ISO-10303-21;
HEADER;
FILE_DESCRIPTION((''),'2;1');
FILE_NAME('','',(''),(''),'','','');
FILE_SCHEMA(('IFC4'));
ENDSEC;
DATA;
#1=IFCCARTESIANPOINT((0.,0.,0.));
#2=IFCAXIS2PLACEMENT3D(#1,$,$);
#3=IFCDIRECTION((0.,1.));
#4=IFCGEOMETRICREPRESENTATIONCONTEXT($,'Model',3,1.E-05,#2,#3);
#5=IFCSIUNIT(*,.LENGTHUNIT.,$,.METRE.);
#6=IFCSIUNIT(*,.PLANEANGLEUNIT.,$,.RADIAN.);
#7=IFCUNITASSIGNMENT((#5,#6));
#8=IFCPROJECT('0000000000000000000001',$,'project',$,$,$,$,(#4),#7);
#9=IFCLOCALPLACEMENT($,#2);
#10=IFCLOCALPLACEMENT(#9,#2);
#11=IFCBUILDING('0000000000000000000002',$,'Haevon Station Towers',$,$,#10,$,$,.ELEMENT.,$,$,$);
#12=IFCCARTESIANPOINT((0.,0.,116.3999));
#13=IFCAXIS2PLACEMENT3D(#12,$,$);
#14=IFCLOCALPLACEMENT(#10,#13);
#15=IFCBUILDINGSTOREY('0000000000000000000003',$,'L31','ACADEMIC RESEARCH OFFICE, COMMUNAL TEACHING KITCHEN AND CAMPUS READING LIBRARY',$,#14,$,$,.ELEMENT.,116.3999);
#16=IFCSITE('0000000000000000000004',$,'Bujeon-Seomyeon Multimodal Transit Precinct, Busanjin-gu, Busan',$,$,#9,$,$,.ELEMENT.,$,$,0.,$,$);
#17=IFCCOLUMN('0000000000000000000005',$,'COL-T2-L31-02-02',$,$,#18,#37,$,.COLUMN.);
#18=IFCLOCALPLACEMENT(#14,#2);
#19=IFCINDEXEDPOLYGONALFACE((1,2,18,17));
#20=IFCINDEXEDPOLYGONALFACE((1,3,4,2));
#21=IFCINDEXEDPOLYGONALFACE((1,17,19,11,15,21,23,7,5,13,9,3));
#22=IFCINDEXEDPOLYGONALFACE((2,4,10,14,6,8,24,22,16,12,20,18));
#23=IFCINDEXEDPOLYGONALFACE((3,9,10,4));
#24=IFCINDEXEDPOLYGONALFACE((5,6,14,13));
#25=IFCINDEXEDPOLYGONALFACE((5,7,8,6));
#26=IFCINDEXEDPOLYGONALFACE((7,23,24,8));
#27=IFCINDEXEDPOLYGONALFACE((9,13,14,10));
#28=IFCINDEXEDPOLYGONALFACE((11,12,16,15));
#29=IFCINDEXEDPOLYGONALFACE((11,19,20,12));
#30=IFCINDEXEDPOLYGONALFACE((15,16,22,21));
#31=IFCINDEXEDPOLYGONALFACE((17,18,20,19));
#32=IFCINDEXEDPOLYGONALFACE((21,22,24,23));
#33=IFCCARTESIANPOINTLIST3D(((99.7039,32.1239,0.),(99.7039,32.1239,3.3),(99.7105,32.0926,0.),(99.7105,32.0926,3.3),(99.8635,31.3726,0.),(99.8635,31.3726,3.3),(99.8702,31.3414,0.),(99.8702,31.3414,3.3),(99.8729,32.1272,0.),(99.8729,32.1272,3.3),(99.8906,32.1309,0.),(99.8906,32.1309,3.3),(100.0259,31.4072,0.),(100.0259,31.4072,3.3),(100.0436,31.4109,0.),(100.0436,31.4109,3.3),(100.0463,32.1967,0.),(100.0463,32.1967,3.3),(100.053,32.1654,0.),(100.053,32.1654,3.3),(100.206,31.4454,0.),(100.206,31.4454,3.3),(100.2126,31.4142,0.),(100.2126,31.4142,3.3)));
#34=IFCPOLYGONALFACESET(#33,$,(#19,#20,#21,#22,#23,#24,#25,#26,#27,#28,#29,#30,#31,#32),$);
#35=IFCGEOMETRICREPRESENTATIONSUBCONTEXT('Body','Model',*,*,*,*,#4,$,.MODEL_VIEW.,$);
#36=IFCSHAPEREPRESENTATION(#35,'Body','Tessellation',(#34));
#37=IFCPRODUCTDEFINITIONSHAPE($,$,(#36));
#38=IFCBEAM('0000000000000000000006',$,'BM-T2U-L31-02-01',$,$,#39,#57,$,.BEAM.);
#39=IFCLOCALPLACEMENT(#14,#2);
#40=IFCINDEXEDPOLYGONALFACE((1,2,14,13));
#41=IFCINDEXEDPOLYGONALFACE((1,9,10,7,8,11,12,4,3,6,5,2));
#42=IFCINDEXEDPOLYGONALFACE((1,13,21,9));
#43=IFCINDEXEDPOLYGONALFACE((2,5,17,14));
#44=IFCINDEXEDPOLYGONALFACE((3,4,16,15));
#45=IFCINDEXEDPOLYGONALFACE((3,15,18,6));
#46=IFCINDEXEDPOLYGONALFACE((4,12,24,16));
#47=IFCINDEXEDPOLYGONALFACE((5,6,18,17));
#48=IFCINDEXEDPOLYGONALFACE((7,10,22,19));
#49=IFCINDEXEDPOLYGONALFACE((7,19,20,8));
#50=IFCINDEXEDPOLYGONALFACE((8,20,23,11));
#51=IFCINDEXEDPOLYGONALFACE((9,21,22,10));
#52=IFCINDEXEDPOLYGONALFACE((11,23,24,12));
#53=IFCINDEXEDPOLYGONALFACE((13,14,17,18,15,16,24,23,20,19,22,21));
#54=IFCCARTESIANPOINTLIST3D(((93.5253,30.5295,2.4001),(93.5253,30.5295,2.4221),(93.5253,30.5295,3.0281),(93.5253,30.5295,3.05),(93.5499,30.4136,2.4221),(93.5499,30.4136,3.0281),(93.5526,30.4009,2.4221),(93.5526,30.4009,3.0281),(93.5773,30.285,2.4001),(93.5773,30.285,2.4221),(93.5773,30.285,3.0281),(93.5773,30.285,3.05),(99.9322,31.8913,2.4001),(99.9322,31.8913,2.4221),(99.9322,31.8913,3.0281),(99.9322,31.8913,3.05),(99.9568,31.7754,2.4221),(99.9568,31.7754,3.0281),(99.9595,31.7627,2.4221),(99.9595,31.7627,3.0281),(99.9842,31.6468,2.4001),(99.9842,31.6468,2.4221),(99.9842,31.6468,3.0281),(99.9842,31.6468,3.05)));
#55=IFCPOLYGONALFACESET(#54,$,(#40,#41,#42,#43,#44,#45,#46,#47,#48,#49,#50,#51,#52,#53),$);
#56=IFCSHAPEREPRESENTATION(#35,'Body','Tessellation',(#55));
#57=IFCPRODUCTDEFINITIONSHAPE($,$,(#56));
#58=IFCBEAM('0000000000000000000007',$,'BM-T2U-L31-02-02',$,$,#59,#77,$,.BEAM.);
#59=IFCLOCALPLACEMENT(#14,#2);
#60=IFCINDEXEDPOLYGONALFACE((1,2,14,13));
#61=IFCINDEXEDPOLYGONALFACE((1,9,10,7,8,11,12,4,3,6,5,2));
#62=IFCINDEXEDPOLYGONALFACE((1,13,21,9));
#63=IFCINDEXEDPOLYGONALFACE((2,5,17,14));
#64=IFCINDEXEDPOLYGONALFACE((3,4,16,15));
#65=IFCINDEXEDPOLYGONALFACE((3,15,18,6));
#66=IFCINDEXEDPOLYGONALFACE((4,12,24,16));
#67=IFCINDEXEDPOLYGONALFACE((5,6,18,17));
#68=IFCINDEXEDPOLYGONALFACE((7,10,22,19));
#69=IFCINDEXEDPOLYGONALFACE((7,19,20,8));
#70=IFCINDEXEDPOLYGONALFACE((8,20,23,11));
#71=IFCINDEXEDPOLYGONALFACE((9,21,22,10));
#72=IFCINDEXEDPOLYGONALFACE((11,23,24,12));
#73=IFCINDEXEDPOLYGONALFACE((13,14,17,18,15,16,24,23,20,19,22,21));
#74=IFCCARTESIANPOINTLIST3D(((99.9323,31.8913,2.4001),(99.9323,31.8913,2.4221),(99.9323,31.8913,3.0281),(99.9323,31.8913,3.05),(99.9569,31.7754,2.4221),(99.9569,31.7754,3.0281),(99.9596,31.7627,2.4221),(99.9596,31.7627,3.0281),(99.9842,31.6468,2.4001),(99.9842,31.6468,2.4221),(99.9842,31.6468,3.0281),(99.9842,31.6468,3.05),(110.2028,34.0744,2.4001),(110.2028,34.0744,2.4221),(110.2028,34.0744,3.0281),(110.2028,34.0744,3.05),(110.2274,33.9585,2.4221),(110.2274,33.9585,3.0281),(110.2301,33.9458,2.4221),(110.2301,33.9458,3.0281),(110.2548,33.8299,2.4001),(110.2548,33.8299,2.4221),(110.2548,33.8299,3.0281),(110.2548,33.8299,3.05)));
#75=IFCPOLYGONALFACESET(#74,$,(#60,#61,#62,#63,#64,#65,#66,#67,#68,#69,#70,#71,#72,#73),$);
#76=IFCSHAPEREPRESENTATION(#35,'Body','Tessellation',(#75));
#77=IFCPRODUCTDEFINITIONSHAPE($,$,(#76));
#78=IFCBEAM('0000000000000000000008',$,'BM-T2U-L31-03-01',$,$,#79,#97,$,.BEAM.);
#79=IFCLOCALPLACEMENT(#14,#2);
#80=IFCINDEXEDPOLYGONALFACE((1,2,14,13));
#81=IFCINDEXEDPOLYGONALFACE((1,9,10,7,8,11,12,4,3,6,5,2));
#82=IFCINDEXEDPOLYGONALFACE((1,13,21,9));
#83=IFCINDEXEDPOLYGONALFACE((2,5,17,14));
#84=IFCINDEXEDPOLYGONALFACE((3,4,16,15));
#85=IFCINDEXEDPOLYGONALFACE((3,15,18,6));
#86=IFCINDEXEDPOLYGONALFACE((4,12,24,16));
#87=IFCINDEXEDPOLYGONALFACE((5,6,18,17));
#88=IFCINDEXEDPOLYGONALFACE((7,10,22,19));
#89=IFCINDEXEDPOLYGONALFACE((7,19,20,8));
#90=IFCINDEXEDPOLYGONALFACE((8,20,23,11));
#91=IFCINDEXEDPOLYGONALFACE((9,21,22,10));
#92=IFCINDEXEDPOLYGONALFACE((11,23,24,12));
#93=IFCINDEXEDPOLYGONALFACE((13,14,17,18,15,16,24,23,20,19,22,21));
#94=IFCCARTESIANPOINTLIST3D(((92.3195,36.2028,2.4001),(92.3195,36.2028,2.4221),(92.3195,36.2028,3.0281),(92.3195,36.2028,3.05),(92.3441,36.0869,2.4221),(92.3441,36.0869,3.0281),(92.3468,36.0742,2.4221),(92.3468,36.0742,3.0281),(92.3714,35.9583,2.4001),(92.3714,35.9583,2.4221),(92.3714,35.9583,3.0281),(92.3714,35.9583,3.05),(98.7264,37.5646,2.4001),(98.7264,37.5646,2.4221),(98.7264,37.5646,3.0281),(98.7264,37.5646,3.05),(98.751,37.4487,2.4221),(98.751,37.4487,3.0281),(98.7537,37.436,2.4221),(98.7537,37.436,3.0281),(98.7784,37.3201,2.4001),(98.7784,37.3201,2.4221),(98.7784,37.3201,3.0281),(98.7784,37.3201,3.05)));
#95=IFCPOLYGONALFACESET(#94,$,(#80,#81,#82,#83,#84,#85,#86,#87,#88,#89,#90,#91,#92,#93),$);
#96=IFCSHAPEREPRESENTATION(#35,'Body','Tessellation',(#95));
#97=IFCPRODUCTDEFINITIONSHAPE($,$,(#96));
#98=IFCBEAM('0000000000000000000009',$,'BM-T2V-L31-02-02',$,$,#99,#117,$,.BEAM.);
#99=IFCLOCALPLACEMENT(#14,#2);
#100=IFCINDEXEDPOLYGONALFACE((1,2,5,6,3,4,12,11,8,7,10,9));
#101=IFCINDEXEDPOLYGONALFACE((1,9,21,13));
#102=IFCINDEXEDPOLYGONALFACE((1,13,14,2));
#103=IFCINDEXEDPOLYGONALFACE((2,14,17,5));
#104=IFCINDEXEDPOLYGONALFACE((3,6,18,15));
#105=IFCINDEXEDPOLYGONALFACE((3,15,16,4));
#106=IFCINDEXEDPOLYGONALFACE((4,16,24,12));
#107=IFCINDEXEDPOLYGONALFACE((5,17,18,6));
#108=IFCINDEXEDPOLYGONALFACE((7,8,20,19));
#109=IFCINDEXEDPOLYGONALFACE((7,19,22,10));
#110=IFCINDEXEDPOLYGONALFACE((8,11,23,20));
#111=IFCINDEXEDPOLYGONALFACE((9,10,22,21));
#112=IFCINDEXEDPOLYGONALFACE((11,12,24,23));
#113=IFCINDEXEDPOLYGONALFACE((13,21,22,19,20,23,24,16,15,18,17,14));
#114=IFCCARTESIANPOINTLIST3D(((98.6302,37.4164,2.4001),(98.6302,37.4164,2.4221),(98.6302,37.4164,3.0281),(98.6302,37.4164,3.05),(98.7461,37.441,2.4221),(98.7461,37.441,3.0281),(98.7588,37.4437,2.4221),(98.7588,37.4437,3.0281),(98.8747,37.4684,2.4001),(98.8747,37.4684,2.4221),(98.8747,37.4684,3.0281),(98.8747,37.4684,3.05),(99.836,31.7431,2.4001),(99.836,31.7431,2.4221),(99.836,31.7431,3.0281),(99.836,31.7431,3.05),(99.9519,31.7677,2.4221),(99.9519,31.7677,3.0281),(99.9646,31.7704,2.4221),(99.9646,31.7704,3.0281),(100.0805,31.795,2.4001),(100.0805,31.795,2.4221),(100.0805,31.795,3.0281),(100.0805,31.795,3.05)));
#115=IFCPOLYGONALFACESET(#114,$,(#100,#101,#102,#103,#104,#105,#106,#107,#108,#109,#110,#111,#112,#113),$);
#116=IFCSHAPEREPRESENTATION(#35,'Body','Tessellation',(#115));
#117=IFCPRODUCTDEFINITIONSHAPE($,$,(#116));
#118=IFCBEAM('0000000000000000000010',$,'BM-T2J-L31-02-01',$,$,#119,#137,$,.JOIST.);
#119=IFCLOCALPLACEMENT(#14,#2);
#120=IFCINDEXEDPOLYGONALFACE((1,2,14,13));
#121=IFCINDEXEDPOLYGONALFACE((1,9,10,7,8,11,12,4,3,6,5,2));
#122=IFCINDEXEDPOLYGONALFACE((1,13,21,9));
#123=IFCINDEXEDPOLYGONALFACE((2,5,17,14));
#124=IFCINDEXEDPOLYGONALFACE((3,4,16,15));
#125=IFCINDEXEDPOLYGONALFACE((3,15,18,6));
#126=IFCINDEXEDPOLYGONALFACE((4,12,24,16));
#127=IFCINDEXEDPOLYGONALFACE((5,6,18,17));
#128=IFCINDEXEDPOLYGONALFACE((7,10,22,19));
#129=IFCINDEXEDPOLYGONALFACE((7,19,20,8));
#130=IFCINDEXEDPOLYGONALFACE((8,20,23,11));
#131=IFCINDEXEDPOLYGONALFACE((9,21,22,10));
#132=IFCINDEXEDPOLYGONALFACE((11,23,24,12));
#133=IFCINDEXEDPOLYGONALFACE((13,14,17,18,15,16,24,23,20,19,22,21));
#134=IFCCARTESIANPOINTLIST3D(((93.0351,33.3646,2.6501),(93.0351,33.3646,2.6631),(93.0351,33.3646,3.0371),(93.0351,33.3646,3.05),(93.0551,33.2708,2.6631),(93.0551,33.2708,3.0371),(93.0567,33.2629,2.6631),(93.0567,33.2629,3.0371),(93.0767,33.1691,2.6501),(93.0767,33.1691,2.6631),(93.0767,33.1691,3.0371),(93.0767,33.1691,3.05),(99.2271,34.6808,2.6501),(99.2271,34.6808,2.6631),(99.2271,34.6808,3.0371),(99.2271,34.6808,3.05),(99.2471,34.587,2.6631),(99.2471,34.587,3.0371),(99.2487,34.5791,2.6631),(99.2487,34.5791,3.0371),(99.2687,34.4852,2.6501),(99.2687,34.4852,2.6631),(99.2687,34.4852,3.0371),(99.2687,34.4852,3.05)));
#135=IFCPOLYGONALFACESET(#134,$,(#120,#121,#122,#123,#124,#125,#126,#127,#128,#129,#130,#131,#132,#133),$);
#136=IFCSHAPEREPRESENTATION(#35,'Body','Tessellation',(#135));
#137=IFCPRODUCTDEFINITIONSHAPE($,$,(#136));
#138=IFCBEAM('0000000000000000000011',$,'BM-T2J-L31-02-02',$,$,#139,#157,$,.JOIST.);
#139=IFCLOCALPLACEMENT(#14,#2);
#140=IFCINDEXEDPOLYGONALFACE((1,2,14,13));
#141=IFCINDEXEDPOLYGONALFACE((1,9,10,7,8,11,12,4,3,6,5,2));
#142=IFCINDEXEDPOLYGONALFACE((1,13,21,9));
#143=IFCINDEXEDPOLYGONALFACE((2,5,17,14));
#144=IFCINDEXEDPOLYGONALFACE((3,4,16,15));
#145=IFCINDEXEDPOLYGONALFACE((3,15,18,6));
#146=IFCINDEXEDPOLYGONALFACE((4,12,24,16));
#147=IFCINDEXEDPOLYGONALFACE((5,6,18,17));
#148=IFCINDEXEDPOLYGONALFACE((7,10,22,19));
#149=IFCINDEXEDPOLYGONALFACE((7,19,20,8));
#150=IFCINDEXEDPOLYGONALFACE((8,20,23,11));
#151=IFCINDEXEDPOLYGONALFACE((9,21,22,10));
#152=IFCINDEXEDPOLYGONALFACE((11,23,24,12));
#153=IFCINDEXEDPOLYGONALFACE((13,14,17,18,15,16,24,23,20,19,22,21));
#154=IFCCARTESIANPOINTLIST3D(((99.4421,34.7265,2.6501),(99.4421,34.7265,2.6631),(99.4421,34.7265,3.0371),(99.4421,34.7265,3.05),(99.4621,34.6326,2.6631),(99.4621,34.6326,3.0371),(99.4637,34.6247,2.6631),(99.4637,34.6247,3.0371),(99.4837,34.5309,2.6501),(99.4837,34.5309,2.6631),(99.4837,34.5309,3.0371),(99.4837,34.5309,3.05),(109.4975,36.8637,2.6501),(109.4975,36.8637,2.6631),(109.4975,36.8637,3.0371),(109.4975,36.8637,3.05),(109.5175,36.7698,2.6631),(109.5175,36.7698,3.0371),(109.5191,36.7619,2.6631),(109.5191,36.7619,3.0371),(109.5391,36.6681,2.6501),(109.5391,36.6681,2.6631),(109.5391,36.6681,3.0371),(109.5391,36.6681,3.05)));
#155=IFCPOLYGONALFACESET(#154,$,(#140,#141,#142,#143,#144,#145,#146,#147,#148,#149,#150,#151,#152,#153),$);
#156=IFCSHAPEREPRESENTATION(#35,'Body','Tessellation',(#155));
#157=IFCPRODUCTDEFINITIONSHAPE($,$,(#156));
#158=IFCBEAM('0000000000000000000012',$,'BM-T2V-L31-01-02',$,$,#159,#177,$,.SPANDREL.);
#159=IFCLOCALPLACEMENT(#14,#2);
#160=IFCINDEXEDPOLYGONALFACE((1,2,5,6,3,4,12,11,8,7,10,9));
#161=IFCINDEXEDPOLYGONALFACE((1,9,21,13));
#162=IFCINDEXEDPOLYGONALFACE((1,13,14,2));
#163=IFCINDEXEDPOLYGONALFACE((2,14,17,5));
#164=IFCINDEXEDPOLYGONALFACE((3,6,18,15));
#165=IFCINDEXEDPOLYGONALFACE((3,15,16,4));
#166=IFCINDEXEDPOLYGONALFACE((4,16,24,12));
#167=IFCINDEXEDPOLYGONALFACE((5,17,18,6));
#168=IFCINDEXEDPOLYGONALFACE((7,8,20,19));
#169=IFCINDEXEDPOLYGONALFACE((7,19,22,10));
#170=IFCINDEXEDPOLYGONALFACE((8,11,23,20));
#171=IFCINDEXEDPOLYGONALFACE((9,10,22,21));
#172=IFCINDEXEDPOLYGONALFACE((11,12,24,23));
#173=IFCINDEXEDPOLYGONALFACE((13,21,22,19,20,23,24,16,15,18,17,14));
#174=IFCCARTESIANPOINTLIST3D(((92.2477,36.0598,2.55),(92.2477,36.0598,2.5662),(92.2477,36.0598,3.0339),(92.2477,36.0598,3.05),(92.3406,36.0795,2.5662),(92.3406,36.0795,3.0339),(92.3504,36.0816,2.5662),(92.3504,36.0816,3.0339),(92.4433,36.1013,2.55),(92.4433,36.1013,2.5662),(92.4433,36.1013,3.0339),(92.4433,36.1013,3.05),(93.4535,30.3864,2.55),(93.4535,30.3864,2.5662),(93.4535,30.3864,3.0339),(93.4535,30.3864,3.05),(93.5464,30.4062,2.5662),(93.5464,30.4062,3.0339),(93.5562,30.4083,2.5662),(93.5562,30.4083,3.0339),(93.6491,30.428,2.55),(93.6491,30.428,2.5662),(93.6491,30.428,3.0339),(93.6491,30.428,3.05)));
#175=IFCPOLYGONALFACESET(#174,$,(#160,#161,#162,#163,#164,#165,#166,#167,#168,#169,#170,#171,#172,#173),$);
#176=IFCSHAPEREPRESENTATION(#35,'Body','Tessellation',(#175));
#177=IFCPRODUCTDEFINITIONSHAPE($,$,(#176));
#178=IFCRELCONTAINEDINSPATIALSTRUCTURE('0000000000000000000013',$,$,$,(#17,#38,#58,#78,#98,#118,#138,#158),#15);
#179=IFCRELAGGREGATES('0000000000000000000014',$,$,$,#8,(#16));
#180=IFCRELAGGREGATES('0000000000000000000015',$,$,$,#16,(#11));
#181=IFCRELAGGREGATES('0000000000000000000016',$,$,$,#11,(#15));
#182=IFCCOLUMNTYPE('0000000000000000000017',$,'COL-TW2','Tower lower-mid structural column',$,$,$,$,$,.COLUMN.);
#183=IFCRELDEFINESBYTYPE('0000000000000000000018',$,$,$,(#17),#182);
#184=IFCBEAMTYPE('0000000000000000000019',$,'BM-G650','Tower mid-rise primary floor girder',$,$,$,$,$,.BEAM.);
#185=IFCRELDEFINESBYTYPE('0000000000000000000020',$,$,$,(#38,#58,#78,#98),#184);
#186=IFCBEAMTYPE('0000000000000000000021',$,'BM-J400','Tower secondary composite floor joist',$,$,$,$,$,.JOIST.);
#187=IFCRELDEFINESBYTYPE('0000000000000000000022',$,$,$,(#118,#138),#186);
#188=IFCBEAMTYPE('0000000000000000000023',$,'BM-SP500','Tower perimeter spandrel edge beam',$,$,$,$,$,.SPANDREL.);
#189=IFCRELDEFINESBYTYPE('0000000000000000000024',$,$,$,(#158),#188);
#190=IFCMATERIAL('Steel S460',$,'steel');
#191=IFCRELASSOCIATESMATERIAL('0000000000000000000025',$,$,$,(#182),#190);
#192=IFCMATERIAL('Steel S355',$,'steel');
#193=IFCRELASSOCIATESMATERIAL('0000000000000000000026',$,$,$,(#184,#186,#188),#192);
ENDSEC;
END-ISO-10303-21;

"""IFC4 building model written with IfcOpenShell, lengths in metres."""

from ifc_helpers import new_model, si_unit, direction, frame, origin, origin_2d, place, context, subcontext, project, spatial, i_section, extrude, material, material_profile, profile_set, type_object, element, save


model = new_model("IFC4")

# Units and contexts
model_context = context("Model", 3, precision=1e-05, world=origin(), true_north=direction((0.0, 1.0)))
body_context = subcontext(model_context, "Body", "Model", "MODEL_VIEW")
ifc_project = project(units=[si_unit("LENGTHUNIT", "METRE"), si_unit("PLANEANGLEUNIT", "RADIAN")], contexts=[model_context])

# Site, building, storey
site_placement = place(None, origin())
site = spatial("IfcSite", under=ifc_project, at=site_placement, Name="Bujeon-Seomyeon Multimodal Transit Precinct, Busanjin-gu, Busan", CompositionType="ELEMENT", RefElevation=0.0)
building_placement = place(site_placement, origin())
building = spatial("IfcBuilding", under=site, at=building_placement, Name="Haevon Station Towers", CompositionType="ELEMENT")
storey_placement = place(building_placement, frame((0.0, 0.0, 116.3999)))
storey = spatial("IfcBuildingStorey", under=building, at=storey_placement, Name="L31", Description="ACADEMIC RESEARCH OFFICE, COMMUNAL TEACHING KITCHEN AND CAMPUS READING LIBRARY", CompositionType="ELEMENT", Elevation=116.3999)

# Column
ifc_material_1 = material(Name="Steel S460", Category="steel")
ifc_material_profile_1 = material_profile(ifc_material_1, i_section(OverallWidth=0.3501, OverallDepth=0.8, WebThickness=0.0181, FlangeThickness=0.032, at=origin_2d()), Name="H-800x350x18x32")
ifc_profile_set_1 = profile_set([ifc_material_profile_1], Name="Steel S460")
column_type = type_object("IfcColumnType", Name="COL-TW2", Description="Tower lower-mid structural column", PredefinedType="COLUMN", material=ifc_profile_set_1)
column_placement = place(storey_placement, frame((99.9583, 31.769, 0.0), z_axis=(0.0, 0.0, 1.0), x_axis=(0.978148, 0.207912, 0.0)))
element("IfcColumn", 1, at=column_placement, inside=storey, type_object=column_type, Name="COL-T2-L31-02-02", PredefinedType="COLUMN", context=body_context, shape_type="SweptSolid", body=[
    extrude(i_section(OverallWidth=0.3501, OverallDepth=0.8, WebThickness=0.0181, FlangeThickness=0.032, at=origin_2d()), origin(), (0.0, 0.0, 1.0), 3.3),
])

# Beams
ifc_material_2 = material(Name="Steel S355", Category="steel")
ifc_material_profile_2 = material_profile(ifc_material_2, i_section(OverallWidth=0.25, OverallDepth=0.6499, WebThickness=0.0129, FlangeThickness=0.022, at=origin_2d()), Name="H-650x250x13x22")
ifc_profile_set_2 = profile_set([ifc_material_profile_2], Name="Steel S355")
beam_type_1 = type_object("IfcBeamType", Name="BM-G650", Description="Tower mid-rise primary floor girder", PredefinedType="BEAM", material=ifc_profile_set_2)
beam_1_placement = place(storey_placement, frame((93.5513, 30.4072, 2.7251), z_axis=(0.978149, 0.207907, 0.0), x_axis=(-0.207907, 0.978149, 0.0)))
element("IfcBeam", 2, at=beam_1_placement, inside=storey, type_object=beam_type_1, Name="BM-T2U-L31-02-01", PredefinedType="BEAM", context=body_context, shape_type="SweptSolid", body=[
    extrude(i_section(OverallWidth=0.25, OverallDepth=0.6499, WebThickness=0.0129, FlangeThickness=0.022, at=origin_2d()), origin(), (0.0, 0.0, 1.0), 6.55),
])
beam_2_placement = place(storey_placement, frame((99.9583, 31.769, 2.7251), z_axis=(0.978147, 0.207915, 0.0), x_axis=(-0.207915, 0.978147, 0.0)))
element("IfcBeam", 3, at=beam_2_placement, inside=storey, type_object=beam_type_1, Name="BM-T2U-L31-02-02", PredefinedType="BEAM", context=body_context, shape_type="SweptSolid", body=[
    extrude(i_section(OverallWidth=0.25, OverallDepth=0.6499, WebThickness=0.0129, FlangeThickness=0.022, at=origin_2d()), origin(), (0.0, 0.0, 1.0), 10.5),
])
beam_3_placement = place(storey_placement, frame((92.3455, 36.0806, 2.7251), z_axis=(0.978149, 0.207907, 0.0), x_axis=(-0.207907, 0.978149, 0.0)))
element("IfcBeam", 4, at=beam_3_placement, inside=storey, type_object=beam_type_1, Name="BM-T2U-L31-03-01", PredefinedType="BEAM", context=body_context, shape_type="SweptSolid", body=[
    extrude(i_section(OverallWidth=0.25, OverallDepth=0.6499, WebThickness=0.0129, FlangeThickness=0.022, at=origin_2d()), origin(), (0.0, 0.0, 1.0), 6.55),
])
beam_4_placement = place(storey_placement, frame((99.9583, 31.769, 2.7251), z_axis=(-0.207896, 0.978151, 0.0), x_axis=(-0.978151, -0.207896, 0.0)))
element("IfcBeam", 5, at=beam_4_placement, inside=storey, type_object=beam_type_1, Name="BM-T2V-L31-02-02", PredefinedType="BEAM", context=body_context, shape_type="SweptSolid", body=[
    extrude(i_section(OverallWidth=0.25, OverallDepth=0.6499, WebThickness=0.0129, FlangeThickness=0.022, at=origin_2d()), origin(), (0.0, 0.0, 1.0), 5.8),
])
ifc_material_profile_3 = material_profile(ifc_material_2, i_section(OverallWidth=0.2, OverallDepth=0.3999, WebThickness=0.0081, FlangeThickness=0.0129, at=origin_2d()), Name="H-400x200x8x13")
ifc_profile_set_3 = profile_set([ifc_material_profile_3], Name="Steel S355")
beam_type_2 = type_object("IfcBeamType", Name="BM-J400", Description="Tower secondary composite floor joist", PredefinedType="JOIST", material=ifc_profile_set_3)
beam_5_placement = place(storey_placement, frame((93.0559, 33.2668, 2.8501), z_axis=(0.978146, 0.207917, 0.0), x_axis=(-0.207917, 0.978146, 0.0)))
element("IfcBeam", 6, at=beam_5_placement, inside=storey, type_object=beam_type_2, Name="BM-T2J-L31-02-01", PredefinedType="JOIST", context=body_context, shape_type="SweptSolid", body=[
    extrude(i_section(OverallWidth=0.2, OverallDepth=0.3999, WebThickness=0.0081, FlangeThickness=0.0129, at=origin_2d()), origin(), (0.0, 0.0, 1.0), 6.3303),
])
beam_6_placement = place(storey_placement, frame((99.4629, 34.6287, 2.8501), z_axis=(0.97815, 0.207899, 0.0), x_axis=(-0.207899, 0.97815, 0.0)))
element("IfcBeam", 7, at=beam_6_placement, inside=storey, type_object=beam_type_2, Name="BM-T2J-L31-02-02", PredefinedType="JOIST", context=body_context, shape_type="SweptSolid", body=[
    extrude(i_section(OverallWidth=0.2, OverallDepth=0.3999, WebThickness=0.0081, FlangeThickness=0.0129, at=origin_2d()), origin(), (0.0, 0.0, 1.0), 10.28),
])
ifc_material_profile_4 = material_profile(ifc_material_2, i_section(OverallWidth=0.2, OverallDepth=0.5, WebThickness=0.01, FlangeThickness=0.0161, at=origin_2d()), Name="H-500x200x10x16")
ifc_profile_set_4 = profile_set([ifc_material_profile_4], Name="Steel S355")
beam_type_3 = type_object("IfcBeamType", Name="BM-SP500", Description="Tower perimeter spandrel edge beam", PredefinedType="SPANDREL", material=ifc_profile_set_4)
beam_7_placement = place(storey_placement, frame((93.5513, 30.4072, 2.8), z_axis=(-0.207896, 0.978151, 0.0), x_axis=(-0.978151, -0.207896, 0.0)))
element("IfcBeam", 8, at=beam_7_placement, inside=storey, type_object=beam_type_3, Name="BM-T2V-L31-01-02", PredefinedType="SPANDREL", context=body_context, shape_type="SweptSolid", body=[
    extrude(i_section(OverallWidth=0.2, OverallDepth=0.5, WebThickness=0.01, FlangeThickness=0.0161, at=origin_2d()), origin(), (0.0, 0.0, 1.0), 5.8),
])

save(model, "model.ifc")
